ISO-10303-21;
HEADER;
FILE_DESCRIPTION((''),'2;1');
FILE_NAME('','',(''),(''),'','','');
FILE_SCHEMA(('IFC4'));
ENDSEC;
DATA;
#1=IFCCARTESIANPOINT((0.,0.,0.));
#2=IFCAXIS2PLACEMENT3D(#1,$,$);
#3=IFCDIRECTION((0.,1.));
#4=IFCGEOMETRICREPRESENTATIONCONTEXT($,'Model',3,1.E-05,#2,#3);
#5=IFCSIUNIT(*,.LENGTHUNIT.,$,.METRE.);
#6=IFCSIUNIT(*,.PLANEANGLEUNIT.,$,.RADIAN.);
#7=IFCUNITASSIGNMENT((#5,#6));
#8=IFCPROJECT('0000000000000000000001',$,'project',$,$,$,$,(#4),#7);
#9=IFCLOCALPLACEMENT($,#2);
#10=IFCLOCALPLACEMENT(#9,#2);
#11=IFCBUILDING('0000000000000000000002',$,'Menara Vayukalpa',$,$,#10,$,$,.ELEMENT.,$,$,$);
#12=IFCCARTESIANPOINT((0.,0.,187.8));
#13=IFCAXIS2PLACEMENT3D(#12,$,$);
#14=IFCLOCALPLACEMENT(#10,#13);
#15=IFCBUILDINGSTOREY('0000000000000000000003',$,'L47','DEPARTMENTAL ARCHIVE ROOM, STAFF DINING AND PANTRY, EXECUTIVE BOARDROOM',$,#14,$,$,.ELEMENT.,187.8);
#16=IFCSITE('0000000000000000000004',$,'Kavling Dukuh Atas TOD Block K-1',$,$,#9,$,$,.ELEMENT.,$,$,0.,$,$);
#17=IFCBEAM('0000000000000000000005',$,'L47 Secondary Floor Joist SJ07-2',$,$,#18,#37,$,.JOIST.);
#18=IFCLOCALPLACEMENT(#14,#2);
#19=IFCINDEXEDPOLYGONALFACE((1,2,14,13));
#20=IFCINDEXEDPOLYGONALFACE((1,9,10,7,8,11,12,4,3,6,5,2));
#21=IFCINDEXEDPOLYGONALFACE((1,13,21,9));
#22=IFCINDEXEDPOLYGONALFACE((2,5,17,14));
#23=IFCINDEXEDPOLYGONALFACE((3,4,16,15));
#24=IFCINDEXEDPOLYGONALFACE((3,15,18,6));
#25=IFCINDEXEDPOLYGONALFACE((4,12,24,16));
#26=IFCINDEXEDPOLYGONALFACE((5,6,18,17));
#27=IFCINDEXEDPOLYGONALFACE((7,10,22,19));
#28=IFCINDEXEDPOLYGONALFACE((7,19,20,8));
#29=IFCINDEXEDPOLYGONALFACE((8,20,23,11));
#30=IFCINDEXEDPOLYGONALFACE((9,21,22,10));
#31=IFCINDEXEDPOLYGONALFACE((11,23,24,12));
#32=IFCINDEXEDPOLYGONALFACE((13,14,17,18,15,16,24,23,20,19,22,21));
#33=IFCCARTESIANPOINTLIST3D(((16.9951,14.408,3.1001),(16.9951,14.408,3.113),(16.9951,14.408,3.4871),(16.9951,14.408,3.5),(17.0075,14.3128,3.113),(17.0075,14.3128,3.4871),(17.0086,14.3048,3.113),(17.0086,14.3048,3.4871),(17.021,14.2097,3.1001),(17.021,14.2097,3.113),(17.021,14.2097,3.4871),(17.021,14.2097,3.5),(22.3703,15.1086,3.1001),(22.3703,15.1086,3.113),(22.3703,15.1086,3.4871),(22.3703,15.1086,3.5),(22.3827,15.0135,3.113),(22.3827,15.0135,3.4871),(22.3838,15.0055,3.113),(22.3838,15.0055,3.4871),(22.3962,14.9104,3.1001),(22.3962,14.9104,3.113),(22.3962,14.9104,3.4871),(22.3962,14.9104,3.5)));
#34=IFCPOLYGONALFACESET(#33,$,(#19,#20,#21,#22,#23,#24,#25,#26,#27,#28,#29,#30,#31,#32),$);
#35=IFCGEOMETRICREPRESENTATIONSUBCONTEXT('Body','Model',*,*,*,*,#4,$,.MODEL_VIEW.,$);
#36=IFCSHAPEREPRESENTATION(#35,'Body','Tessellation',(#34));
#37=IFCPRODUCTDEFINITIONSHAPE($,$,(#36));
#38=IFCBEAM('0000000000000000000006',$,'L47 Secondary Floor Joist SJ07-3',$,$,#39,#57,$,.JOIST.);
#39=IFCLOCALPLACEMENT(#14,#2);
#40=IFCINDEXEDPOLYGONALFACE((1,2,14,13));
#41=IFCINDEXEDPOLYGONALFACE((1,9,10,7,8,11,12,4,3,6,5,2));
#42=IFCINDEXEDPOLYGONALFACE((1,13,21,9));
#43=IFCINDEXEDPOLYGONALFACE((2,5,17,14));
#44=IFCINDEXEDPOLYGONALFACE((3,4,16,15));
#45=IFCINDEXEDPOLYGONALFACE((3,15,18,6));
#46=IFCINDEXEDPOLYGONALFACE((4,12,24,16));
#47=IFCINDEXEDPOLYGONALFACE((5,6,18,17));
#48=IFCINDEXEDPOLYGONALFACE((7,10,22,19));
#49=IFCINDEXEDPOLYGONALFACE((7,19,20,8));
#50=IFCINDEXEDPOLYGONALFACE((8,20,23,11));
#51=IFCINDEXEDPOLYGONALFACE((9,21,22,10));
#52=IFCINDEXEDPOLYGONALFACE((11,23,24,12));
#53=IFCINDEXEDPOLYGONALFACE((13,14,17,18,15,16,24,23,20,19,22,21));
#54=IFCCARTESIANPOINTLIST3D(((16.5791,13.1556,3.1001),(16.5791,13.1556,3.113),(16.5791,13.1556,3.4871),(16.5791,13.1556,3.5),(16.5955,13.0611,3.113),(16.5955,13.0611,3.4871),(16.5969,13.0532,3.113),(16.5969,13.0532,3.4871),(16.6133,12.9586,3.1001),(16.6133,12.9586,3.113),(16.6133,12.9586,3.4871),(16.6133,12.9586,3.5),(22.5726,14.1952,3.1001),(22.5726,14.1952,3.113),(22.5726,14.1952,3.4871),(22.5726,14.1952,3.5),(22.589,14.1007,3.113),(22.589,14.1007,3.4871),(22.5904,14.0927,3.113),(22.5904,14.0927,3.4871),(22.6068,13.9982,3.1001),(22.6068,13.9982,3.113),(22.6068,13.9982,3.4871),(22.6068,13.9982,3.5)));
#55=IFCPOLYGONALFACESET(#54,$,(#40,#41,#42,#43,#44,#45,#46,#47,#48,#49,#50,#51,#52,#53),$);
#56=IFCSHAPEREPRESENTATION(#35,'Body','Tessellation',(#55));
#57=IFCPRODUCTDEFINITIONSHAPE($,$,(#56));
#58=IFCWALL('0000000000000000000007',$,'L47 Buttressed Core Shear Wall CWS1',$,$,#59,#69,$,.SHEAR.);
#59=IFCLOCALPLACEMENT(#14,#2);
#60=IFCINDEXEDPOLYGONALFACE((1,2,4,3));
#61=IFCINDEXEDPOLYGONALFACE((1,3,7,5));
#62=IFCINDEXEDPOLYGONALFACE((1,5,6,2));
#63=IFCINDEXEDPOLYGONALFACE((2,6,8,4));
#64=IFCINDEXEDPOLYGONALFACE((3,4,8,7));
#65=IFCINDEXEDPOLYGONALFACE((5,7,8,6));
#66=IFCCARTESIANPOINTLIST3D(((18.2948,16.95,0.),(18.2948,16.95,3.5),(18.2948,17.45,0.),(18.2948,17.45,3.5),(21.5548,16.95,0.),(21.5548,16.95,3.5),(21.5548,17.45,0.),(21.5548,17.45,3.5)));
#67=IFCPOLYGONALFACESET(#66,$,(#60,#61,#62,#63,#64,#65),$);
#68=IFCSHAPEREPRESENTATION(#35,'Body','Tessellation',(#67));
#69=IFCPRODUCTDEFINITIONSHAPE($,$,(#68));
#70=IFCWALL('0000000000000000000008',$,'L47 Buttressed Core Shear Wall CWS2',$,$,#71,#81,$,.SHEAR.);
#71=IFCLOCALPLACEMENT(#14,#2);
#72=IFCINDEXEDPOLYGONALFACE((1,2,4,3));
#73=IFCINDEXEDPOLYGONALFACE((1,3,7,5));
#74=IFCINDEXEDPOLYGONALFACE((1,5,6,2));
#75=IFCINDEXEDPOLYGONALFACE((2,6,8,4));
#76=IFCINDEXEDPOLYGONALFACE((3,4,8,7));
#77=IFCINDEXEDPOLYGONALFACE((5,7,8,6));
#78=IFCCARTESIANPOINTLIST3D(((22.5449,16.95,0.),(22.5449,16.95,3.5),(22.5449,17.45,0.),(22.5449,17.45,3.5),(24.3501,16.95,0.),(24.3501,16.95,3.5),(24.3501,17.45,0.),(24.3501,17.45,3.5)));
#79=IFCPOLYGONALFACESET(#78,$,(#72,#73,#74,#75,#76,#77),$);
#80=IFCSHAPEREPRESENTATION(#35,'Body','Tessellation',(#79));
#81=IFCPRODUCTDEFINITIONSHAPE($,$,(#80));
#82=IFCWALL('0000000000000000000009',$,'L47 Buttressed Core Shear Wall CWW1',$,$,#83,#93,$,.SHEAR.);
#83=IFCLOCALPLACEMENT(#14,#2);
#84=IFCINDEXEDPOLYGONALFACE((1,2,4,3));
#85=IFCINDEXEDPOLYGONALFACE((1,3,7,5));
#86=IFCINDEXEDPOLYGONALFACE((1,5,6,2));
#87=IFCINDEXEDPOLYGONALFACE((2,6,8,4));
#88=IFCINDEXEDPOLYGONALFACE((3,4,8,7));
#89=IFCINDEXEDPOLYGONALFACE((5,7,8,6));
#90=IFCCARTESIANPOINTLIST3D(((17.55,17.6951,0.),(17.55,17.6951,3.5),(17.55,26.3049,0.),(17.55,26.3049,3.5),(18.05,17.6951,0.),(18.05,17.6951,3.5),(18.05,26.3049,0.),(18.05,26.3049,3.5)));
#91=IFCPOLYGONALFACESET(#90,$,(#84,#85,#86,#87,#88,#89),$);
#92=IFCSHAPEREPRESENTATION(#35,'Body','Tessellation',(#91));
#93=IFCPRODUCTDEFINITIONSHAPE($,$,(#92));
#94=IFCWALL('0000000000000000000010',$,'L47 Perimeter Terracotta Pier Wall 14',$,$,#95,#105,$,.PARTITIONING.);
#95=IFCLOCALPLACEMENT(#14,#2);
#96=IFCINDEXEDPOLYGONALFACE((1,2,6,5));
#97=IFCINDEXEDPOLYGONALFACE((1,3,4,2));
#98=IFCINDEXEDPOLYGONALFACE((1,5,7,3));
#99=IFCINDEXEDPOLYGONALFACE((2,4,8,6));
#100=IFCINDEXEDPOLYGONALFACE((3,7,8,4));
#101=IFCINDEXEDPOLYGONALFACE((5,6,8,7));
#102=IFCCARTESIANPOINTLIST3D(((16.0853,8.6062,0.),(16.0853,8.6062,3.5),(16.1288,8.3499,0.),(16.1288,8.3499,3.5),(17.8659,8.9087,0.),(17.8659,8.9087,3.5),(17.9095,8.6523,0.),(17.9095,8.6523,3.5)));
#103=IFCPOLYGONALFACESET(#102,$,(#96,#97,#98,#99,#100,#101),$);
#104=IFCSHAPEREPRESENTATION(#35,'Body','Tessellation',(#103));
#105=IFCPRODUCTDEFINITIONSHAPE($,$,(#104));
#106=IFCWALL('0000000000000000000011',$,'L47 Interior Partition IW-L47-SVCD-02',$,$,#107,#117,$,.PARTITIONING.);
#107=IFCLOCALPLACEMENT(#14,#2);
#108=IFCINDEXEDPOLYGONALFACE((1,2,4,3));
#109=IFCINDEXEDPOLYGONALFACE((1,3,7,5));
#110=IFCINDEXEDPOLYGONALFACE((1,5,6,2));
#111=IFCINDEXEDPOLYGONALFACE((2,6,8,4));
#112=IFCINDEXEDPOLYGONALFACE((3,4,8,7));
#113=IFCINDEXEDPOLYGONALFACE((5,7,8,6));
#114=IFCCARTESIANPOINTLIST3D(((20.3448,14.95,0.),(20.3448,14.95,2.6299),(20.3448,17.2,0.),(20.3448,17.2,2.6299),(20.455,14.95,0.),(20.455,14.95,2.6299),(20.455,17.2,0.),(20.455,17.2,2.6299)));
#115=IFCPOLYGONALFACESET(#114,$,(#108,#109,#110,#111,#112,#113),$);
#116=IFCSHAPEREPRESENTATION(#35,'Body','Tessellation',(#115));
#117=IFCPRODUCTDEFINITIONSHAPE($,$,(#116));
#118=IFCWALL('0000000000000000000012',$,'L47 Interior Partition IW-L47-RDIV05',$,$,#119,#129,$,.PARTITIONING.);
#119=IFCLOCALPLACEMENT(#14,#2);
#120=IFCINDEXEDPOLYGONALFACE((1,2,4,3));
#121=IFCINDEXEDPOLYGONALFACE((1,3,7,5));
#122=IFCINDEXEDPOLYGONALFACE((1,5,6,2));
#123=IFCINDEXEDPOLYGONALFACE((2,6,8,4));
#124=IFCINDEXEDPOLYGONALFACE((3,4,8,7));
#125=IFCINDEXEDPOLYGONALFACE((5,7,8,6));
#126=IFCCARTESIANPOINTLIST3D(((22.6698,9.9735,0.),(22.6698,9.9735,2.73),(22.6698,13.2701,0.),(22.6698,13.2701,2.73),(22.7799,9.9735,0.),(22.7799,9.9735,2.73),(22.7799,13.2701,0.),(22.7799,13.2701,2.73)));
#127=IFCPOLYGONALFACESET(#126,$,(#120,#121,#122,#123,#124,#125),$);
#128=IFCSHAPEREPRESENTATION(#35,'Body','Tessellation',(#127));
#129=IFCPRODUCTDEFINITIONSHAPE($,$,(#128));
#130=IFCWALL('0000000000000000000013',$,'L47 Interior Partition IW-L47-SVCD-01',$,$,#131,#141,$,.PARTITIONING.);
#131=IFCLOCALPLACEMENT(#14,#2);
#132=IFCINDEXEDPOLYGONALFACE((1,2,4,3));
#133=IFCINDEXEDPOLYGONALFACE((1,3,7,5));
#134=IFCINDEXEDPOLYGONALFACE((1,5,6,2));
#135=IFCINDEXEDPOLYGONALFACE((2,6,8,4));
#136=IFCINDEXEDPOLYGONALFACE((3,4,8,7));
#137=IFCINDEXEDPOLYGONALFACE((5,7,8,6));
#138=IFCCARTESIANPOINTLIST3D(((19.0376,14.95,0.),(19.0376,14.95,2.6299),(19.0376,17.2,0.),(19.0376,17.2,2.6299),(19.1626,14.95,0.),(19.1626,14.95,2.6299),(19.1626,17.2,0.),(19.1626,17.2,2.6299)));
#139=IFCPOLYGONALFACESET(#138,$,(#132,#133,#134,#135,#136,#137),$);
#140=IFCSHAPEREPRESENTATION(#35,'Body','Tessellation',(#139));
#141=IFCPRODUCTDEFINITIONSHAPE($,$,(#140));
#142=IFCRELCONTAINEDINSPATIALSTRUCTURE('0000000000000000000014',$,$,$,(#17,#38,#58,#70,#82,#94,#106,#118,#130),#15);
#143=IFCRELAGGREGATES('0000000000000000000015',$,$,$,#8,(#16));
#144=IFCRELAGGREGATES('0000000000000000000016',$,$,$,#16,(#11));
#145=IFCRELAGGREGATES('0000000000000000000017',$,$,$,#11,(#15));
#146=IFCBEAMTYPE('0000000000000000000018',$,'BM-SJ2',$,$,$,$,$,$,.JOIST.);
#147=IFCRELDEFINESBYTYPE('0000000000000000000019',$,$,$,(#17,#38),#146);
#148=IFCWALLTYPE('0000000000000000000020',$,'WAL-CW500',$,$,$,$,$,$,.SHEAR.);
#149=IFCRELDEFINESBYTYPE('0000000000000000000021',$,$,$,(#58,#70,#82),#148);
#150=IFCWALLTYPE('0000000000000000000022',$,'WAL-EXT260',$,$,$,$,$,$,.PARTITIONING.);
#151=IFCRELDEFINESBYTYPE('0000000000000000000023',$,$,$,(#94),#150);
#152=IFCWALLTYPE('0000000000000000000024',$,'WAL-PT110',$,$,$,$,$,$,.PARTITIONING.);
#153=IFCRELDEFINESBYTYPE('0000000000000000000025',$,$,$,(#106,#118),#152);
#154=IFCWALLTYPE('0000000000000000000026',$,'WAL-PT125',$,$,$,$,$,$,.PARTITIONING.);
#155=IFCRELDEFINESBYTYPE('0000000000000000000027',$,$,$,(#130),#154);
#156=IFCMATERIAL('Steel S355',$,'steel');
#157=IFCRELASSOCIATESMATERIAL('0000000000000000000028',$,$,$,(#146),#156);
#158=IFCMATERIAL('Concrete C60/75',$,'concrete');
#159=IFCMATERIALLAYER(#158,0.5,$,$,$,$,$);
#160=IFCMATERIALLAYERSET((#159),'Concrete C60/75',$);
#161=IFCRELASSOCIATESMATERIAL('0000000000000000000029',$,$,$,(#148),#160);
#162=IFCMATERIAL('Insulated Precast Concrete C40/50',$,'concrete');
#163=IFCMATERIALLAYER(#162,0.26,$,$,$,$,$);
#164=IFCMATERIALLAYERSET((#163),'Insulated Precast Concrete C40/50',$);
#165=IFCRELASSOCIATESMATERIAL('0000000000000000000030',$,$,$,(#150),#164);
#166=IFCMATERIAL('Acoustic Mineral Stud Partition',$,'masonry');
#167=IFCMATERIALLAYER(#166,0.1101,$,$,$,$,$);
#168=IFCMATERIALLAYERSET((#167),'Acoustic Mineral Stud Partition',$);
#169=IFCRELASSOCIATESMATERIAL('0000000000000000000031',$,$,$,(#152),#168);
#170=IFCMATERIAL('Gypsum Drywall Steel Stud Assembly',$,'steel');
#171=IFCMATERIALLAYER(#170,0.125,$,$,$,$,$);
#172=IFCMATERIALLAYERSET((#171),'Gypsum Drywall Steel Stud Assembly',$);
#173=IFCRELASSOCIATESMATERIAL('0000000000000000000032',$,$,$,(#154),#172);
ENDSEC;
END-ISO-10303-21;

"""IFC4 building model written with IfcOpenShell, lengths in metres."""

from ifc_helpers import new_model, si_unit, direction, frame, frame_2d, origin, origin_2d, place, context, subcontext, project, spatial, rectangle, i_section, extrude, material, layer, layer_set, material_profile, profile_set, type_object, element, save


model = new_model("IFC4")

# Units and contexts
model_context = context("Model", 3, precision=1e-05, world=origin(), true_north=direction((0.0, 1.0)))
body_context = subcontext(model_context, "Body", "Model", "MODEL_VIEW")
ifc_project = project(units=[si_unit("LENGTHUNIT", "METRE"), si_unit("PLANEANGLEUNIT", "RADIAN")], contexts=[model_context])

# Site, building, storey
site_placement = place(None, origin())
site = spatial("IfcSite", under=ifc_project, at=site_placement, Name="Kavling Dukuh Atas TOD Block K-1", CompositionType="ELEMENT", RefElevation=0.0)
building_placement = place(site_placement, origin())
building = spatial("IfcBuilding", under=site, at=building_placement, Name="Menara Vayukalpa", CompositionType="ELEMENT")
storey_placement = place(building_placement, frame((0.0, 0.0, 187.8)))
storey = spatial("IfcBuildingStorey", under=building, at=storey_placement, Name="L47", Description="DEPARTMENTAL ARCHIVE ROOM, STAFF DINING AND PANTRY, EXECUTIVE BOARDROOM", CompositionType="ELEMENT", Elevation=187.8)

# Beams
ifc_material_1 = material(Name="Steel S355", Category="steel")
ifc_material_profile_1 = material_profile(ifc_material_1, i_section(OverallWidth=0.2, OverallDepth=0.3999, WebThickness=0.0081, FlangeThickness=0.0129, at=origin_2d()), Name="WF 400x200x8x13")
ifc_profile_set_1 = profile_set([ifc_material_profile_1], Name="Steel S355")
beam_type_1 = type_object("IfcBeamType", Name="BM-SJ2", PredefinedType="JOIST", material=ifc_profile_set_1)
beam_1_placement = place(storey_placement, frame((17.0081, 14.3088, 3.3), z_axis=(0.991611, 0.12926, 0.0), x_axis=(-0.12926, 0.991611, 0.0)))
element("IfcBeam", 1, at=beam_1_placement, inside=storey, type_object=beam_type_1, Name="L47 Secondary Floor Joist SJ07-2", PredefinedType="JOIST", context=body_context, shape_type="SweptSolid", body=[
    extrude(i_section(OverallWidth=0.2, OverallDepth=0.3999, WebThickness=0.0081, FlangeThickness=0.0129, at=origin_2d()), origin(), (0.0, 0.0, 1.0), 5.4207),
])
beam_2_placement = place(storey_placement, frame((16.5962, 13.0571, 3.3), z_axis=(0.985289, 0.170897, 0.0), x_axis=(-0.170897, 0.985289, 0.0)))
element("IfcBeam", 2, at=beam_2_placement, inside=storey, type_object=beam_type_1, Name="L47 Secondary Floor Joist SJ07-3", PredefinedType="JOIST", context=body_context, shape_type="SweptSolid", body=[
    extrude(i_section(OverallWidth=0.2, OverallDepth=0.3999, WebThickness=0.0081, FlangeThickness=0.0129, at=origin_2d()), origin(), (0.0, 0.0, 1.0), 6.083),
])

# Walls
ifc_material_2 = material(Name="Concrete C60/75", Category="concrete")
ifc_layer_1 = layer(ifc_material_2, 0.5)
ifc_layer_set_1 = layer_set([ifc_layer_1], Name="Concrete C60/75")
wall_type_1 = type_object("IfcWallType", Name="WAL-CW500", PredefinedType="SHEAR", material=ifc_layer_set_1)
wall_1_placement = place(storey_placement, frame((18.2949, 17.2, 0.0), z_axis=(0.0, 0.0, 1.0), x_axis=(1.0, 0.0, 0.0)))
element("IfcWall", 3, at=wall_1_placement, inside=storey, type_object=wall_type_1, Name="L47 Buttressed Core Shear Wall CWS1", PredefinedType="SHEAR", context=body_context, shape_type="SweptSolid", body=[
    extrude(rectangle(XDim=3.26, YDim=0.5, at=frame_2d((1.6299, 0.0))), origin(), (0.0, 0.0, 1.0), 3.5),
])
wall_2_placement = place(storey_placement, frame((22.5449, 17.2, 0.0), z_axis=(0.0, 0.0, 1.0), x_axis=(1.0, 0.0, 0.0)))
element("IfcWall", 4, at=wall_2_placement, inside=storey, type_object=wall_type_1, Name="L47 Buttressed Core Shear Wall CWS2", PredefinedType="SHEAR", context=body_context, shape_type="SweptSolid", body=[
    extrude(rectangle(XDim=1.8052, YDim=0.5, at=frame_2d((0.9026, 0.0))), origin(), (0.0, 0.0, 1.0), 3.5),
])
wall_3_placement = place(storey_placement, frame((17.8, 17.6951, 0.0), z_axis=(0.0, 0.0, 1.0), x_axis=(0.0, 1.0, 0.0)))
element("IfcWall", 5, at=wall_3_placement, inside=storey, type_object=wall_type_1, Name="L47 Buttressed Core Shear Wall CWW1", PredefinedType="SHEAR", context=body_context, shape_type="SweptSolid", body=[
    extrude(rectangle(XDim=8.6099, YDim=0.5, at=frame_2d((4.3049, 0.0))), origin(), (0.0, 0.0, 1.0), 3.5),
])
ifc_material_3 = material(Name="Insulated Precast Concrete C40/50", Category="concrete")
ifc_layer_2 = layer(ifc_material_3, 0.26)
ifc_layer_set_2 = layer_set([ifc_layer_2], Name="Insulated Precast Concrete C40/50")
wall_type_2 = type_object("IfcWallType", Name="WAL-EXT260", PredefinedType="PARTITIONING", material=ifc_layer_set_2)
wall_4_placement = place(storey_placement, frame((17.8877, 8.7805, 0.0), z_axis=(0.0, 0.0, 1.0), x_axis=(-0.985878, -0.167467, 0.0)))
element("IfcWall", 6, at=wall_4_placement, inside=storey, type_object=wall_type_2, Name="L47 Perimeter Terracotta Pier Wall 14", PredefinedType="PARTITIONING", context=body_context, shape_type="SweptSolid", body=[
    extrude(rectangle(XDim=1.8062, YDim=0.26, at=frame_2d((0.9031, 0.0))), origin(), (0.0, 0.0, 1.0), 3.5),
])
ifc_material_4 = material(Name="Acoustic Mineral Stud Partition", Category="masonry")
ifc_layer_3 = layer(ifc_material_4, 0.1101)
ifc_layer_set_3 = layer_set([ifc_layer_3], Name="Acoustic Mineral Stud Partition")
wall_type_3 = type_object("IfcWallType", Name="WAL-PT110", PredefinedType="PARTITIONING", material=ifc_layer_set_3)
wall_5_placement = place(storey_placement, frame((20.3999, 14.95, 0.0), z_axis=(0.0, 0.0, 1.0), x_axis=(0.0, 1.0, 0.0)))
element("IfcWall", 7, at=wall_5_placement, inside=storey, type_object=wall_type_3, Name="L47 Interior Partition IW-L47-SVCD-02", PredefinedType="PARTITIONING", context=body_context, shape_type="SweptSolid", body=[
    extrude(rectangle(XDim=2.25, YDim=0.1101, at=frame_2d((1.125, 0.0))), origin(), (0.0, 0.0, 1.0), 2.6299),
])
wall_6_placement = place(storey_placement, frame((22.7249, 9.9734, 0.0), z_axis=(0.0, 0.0, 1.0), x_axis=(0.0, 1.0, 0.0)))
element("IfcWall", 8, at=wall_6_placement, inside=storey, type_object=wall_type_3, Name="L47 Interior Partition IW-L47-RDIV05", PredefinedType="PARTITIONING", context=body_context, shape_type="SweptSolid", body=[
    extrude(rectangle(XDim=3.2966, YDim=0.1101, at=frame_2d((1.6484, 0.0))), origin(), (0.0, 0.0, 1.0), 2.73),
])
ifc_material_5 = material(Name="Gypsum Drywall Steel Stud Assembly", Category="steel")
ifc_layer_4 = layer(ifc_material_5, 0.125)
ifc_layer_set_4 = layer_set([ifc_layer_4], Name="Gypsum Drywall Steel Stud Assembly")
wall_type_4 = type_object("IfcWallType", Name="WAL-PT125", PredefinedType="PARTITIONING", material=ifc_layer_set_4)
wall_7_placement = place(storey_placement, frame((19.1001, 14.95, 0.0), z_axis=(0.0, 0.0, 1.0), x_axis=(0.0, 1.0, 0.0)))
element("IfcWall", 9, at=wall_7_placement, inside=storey, type_object=wall_type_4, Name="L47 Interior Partition IW-L47-SVCD-01", PredefinedType="PARTITIONING", context=body_context, shape_type="SweptSolid", body=[
    extrude(rectangle(XDim=2.25, YDim=0.125, at=frame_2d((1.125, 0.0))), origin(), (0.0, 0.0, 1.0), 2.6299),
])

save(model, "model.ifc")
